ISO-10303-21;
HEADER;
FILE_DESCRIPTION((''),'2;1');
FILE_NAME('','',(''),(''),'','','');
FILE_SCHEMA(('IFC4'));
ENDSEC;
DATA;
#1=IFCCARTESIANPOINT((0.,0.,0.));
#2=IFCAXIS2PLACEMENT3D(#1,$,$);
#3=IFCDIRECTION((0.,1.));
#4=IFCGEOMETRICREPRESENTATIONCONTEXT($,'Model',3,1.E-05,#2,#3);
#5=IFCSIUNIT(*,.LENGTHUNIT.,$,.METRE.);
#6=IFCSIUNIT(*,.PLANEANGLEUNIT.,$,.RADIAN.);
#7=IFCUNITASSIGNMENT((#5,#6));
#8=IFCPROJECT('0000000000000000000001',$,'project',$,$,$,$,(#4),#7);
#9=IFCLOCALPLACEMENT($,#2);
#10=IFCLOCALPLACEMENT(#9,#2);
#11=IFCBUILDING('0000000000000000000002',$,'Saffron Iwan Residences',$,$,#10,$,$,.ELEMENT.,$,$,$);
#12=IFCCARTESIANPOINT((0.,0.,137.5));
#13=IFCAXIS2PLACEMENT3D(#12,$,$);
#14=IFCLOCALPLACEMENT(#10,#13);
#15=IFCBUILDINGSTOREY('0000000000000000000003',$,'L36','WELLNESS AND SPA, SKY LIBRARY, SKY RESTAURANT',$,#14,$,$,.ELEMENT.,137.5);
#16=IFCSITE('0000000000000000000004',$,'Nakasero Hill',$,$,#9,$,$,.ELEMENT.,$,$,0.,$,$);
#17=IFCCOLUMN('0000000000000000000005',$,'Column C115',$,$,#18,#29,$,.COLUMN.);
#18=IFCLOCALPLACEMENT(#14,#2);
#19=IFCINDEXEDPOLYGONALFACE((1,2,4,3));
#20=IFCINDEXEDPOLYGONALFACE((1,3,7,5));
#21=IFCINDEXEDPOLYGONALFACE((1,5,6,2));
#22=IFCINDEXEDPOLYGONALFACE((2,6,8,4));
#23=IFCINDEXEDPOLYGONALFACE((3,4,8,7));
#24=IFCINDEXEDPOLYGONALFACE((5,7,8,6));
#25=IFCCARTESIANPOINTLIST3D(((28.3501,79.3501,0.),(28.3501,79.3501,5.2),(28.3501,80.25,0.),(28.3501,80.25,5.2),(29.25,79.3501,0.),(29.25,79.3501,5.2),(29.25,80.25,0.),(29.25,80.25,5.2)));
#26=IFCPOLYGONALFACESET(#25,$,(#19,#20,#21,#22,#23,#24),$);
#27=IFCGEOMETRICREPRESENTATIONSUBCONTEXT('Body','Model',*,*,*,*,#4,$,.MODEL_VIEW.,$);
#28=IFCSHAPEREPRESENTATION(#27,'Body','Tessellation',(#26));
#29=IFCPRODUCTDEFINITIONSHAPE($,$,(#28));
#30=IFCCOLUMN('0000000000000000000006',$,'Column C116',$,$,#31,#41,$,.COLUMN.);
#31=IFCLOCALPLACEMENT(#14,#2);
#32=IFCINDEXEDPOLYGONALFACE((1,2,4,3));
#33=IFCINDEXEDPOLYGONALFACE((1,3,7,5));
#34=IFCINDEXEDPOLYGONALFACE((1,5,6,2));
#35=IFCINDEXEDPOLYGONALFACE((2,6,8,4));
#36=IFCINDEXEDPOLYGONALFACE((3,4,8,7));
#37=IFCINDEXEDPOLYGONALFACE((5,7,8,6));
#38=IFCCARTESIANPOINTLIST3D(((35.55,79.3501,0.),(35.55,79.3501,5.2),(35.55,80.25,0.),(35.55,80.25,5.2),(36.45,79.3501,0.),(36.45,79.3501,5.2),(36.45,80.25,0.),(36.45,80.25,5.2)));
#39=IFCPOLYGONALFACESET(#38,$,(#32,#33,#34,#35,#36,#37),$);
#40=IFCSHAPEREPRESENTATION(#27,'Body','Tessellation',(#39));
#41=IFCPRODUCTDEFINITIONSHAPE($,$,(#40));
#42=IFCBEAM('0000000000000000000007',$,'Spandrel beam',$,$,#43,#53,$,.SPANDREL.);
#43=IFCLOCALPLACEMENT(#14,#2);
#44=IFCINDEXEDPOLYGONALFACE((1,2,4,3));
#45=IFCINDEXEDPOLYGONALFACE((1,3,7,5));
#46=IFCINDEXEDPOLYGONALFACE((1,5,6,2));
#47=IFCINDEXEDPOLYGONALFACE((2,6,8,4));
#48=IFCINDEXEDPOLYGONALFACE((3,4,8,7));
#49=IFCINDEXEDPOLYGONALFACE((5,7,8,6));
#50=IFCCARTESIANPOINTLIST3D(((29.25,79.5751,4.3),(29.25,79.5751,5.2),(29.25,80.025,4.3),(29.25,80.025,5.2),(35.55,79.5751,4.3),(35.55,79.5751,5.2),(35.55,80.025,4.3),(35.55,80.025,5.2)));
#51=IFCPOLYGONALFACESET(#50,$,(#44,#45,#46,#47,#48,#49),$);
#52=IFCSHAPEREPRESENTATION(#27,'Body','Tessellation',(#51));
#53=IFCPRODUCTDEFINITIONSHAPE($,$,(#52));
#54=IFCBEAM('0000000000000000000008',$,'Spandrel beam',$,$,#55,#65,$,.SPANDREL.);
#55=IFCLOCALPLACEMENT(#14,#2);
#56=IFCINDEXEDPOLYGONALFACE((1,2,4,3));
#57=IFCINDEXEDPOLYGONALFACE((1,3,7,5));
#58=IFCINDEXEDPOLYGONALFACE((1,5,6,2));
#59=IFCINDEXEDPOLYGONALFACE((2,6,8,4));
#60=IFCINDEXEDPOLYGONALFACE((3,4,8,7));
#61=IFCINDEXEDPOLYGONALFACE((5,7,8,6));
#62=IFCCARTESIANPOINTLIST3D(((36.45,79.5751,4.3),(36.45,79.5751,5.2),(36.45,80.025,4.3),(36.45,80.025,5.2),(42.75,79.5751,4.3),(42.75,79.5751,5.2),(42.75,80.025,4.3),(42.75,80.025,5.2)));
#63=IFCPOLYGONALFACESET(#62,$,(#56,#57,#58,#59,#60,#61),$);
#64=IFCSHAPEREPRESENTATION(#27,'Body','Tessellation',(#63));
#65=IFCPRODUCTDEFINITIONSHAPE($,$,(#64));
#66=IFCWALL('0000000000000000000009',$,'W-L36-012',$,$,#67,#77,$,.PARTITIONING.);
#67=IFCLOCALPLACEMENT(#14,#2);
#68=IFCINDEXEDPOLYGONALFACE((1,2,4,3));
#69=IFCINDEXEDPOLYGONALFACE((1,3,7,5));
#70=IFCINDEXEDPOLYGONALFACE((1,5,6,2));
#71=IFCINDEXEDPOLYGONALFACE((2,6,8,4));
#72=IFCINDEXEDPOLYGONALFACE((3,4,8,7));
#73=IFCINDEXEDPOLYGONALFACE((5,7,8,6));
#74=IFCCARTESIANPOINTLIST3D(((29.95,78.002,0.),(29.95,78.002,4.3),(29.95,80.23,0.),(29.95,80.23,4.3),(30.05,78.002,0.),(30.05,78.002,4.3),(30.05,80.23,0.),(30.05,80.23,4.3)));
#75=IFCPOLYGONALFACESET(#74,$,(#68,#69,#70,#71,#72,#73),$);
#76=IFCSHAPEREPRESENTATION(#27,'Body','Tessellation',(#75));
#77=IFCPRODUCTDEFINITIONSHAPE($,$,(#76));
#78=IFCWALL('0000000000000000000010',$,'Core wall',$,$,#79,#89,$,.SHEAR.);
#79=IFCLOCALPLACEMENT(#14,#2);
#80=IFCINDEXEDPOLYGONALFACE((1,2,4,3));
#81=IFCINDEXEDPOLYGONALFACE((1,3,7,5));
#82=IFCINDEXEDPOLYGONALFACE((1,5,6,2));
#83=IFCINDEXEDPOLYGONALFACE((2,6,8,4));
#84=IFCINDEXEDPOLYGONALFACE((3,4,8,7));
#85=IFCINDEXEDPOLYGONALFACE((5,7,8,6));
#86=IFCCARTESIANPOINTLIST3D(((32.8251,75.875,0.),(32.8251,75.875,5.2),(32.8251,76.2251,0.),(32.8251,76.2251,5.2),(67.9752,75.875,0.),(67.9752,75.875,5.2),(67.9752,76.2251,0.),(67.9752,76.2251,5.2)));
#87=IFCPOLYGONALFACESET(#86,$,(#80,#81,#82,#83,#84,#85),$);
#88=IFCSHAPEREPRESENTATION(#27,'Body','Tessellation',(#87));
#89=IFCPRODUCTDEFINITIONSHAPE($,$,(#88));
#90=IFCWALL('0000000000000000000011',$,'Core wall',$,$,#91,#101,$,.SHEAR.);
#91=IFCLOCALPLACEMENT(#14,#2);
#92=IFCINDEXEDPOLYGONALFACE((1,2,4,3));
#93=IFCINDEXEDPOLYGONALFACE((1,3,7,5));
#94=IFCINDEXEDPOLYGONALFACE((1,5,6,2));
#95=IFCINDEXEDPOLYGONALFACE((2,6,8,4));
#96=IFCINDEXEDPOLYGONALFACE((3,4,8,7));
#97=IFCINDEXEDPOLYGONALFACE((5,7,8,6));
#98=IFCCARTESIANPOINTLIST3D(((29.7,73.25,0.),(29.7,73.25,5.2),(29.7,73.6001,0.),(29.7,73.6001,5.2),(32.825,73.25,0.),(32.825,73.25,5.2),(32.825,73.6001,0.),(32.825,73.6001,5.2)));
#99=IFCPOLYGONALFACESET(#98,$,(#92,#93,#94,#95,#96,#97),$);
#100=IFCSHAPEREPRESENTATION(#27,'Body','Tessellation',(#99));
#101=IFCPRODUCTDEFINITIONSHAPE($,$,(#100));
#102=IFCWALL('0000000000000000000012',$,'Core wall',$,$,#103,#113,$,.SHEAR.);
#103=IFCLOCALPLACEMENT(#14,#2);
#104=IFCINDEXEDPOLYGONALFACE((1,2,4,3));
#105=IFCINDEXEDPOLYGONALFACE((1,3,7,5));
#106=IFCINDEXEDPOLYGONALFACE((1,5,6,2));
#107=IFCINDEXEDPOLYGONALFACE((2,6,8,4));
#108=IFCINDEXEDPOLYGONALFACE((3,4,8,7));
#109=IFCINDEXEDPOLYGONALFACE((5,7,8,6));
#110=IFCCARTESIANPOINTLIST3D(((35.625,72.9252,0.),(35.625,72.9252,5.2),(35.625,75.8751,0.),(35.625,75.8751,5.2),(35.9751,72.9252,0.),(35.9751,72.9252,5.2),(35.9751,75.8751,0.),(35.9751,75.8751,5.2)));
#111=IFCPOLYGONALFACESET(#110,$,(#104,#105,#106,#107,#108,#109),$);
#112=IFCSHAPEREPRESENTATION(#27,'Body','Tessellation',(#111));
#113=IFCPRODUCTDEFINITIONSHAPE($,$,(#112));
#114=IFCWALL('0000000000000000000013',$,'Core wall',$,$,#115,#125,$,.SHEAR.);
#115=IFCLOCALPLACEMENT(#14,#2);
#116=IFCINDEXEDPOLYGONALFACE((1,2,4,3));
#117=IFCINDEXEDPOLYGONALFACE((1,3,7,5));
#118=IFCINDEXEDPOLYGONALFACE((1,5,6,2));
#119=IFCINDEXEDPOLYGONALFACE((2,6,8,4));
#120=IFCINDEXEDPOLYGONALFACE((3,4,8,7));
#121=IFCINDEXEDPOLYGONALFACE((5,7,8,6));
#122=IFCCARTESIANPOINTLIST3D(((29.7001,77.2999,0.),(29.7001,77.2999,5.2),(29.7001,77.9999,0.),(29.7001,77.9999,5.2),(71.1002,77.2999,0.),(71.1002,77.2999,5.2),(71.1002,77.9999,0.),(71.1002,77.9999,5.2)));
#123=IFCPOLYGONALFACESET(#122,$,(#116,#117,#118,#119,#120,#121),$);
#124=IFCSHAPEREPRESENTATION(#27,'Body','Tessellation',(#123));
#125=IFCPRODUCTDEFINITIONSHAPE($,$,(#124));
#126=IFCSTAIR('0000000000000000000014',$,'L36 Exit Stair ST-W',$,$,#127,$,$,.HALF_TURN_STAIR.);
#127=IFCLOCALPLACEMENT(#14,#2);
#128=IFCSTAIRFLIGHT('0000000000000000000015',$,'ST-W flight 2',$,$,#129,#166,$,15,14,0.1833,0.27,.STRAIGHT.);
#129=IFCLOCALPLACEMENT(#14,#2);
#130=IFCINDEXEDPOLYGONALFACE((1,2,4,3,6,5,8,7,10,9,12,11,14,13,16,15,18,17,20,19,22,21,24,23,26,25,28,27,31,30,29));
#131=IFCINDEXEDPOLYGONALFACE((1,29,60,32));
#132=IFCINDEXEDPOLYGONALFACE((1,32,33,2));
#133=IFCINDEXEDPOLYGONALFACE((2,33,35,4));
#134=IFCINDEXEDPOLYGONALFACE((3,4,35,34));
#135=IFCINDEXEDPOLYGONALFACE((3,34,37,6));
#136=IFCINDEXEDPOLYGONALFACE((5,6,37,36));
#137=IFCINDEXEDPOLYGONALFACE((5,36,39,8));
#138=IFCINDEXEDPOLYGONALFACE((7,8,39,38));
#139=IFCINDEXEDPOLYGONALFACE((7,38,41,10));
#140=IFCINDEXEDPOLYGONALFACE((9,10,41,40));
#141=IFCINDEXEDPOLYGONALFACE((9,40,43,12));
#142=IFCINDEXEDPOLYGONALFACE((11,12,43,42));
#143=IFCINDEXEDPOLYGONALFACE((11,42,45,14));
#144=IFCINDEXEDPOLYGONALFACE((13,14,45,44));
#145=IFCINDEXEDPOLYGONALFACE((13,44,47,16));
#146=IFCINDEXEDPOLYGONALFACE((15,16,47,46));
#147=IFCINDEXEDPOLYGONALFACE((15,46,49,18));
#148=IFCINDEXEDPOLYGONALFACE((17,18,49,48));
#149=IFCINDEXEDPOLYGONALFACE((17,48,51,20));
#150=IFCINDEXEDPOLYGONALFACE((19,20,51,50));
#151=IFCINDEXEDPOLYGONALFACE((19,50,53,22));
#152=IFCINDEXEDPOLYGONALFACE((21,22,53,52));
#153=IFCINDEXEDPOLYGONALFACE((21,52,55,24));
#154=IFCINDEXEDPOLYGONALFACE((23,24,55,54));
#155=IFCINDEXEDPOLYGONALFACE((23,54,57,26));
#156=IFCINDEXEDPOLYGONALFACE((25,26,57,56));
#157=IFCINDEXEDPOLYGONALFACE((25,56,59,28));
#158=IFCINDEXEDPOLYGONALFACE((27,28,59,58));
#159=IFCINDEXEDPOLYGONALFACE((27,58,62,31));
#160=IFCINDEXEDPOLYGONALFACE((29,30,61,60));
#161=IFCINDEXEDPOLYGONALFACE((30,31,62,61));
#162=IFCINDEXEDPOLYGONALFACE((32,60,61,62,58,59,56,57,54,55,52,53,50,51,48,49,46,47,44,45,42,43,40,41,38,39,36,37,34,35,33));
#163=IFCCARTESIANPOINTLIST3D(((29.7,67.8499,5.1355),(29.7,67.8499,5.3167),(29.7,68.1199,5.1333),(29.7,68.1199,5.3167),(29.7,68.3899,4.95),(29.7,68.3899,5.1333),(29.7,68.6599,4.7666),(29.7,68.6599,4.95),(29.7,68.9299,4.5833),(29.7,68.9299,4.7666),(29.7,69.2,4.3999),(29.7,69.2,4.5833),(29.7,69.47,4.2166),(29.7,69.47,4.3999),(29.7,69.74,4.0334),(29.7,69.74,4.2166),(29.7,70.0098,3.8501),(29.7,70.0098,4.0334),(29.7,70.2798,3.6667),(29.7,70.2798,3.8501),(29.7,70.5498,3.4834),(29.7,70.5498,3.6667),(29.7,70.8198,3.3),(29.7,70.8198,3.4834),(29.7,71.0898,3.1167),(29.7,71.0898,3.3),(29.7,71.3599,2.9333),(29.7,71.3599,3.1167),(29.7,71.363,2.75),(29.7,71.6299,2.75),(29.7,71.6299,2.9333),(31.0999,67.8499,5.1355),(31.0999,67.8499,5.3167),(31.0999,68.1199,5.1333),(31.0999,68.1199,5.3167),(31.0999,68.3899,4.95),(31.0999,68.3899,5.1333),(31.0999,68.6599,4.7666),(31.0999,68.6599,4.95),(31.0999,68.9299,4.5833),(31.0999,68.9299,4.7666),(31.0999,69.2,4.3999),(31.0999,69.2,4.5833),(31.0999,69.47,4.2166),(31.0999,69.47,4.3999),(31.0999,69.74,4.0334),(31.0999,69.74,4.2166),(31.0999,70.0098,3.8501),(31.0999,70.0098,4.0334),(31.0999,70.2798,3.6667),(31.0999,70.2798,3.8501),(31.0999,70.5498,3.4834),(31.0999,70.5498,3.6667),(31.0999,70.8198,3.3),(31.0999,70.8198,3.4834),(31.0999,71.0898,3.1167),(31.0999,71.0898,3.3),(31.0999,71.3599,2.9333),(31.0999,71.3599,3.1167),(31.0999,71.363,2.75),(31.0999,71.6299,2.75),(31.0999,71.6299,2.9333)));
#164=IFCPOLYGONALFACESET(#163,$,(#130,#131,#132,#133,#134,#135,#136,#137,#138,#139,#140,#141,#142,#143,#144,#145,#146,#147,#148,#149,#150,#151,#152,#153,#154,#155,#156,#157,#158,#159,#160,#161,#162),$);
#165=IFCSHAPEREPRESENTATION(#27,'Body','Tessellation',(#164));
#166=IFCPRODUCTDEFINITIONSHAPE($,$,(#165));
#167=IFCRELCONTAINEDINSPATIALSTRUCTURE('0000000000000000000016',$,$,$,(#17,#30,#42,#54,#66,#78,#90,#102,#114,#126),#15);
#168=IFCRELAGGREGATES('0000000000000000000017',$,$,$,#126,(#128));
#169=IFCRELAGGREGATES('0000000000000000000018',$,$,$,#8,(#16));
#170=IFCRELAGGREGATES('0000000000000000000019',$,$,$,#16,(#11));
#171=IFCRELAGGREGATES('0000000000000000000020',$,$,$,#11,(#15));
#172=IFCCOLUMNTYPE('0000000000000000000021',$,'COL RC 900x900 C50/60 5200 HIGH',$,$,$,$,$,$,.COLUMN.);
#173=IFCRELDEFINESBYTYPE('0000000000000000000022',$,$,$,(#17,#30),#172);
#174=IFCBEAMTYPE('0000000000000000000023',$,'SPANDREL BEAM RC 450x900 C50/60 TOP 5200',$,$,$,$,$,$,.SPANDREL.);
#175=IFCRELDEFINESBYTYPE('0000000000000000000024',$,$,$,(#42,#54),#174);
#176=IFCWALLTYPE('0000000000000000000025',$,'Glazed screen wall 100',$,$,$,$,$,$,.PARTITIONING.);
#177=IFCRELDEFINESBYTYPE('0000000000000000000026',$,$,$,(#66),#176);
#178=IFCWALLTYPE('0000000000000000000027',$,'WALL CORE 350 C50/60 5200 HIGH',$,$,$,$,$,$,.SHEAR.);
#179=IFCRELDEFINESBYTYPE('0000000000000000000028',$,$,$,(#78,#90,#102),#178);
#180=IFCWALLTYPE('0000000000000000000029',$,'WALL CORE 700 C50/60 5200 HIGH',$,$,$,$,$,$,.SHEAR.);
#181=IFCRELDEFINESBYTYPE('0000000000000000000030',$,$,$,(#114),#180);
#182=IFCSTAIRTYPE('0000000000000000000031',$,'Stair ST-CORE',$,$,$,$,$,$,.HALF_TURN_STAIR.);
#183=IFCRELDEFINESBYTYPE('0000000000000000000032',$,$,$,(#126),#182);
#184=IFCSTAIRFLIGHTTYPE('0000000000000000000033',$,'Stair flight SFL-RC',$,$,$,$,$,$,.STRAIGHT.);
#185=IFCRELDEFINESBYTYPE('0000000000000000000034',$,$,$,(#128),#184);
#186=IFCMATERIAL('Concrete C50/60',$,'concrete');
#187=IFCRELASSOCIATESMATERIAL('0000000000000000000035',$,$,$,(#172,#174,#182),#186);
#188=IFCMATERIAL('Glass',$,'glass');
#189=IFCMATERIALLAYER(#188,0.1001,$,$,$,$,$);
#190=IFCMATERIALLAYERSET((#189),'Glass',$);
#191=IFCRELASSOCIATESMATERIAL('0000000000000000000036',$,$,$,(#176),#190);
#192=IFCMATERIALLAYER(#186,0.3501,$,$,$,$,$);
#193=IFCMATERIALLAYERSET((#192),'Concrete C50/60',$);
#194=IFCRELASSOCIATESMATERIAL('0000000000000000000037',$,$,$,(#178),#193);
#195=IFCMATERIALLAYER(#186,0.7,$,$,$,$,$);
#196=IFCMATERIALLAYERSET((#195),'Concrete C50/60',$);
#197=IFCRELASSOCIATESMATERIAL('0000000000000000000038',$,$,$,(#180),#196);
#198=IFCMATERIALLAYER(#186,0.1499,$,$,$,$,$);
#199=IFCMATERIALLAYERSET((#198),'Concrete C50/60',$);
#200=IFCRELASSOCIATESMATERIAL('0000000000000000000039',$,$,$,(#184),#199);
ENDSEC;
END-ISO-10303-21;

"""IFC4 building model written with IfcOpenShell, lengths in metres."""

from ifc_helpers import new_model, si_unit, direction, frame, frame_2d, origin, origin_2d, place, context, subcontext, project, spatial, polyline, rectangle, outline, extrude, source, transform, mapped, material, layer, layer_set, material_profile, profile_set, type_object, element, aggregate, save


model = new_model("IFC4")

# Units and contexts
model_context = context("Model", 3, precision=1e-05, world=origin(), true_north=direction((0.0, 1.0)))
body_context = subcontext(model_context, "Body", "Model", "MODEL_VIEW")
ifc_project = project(units=[si_unit("LENGTHUNIT", "METRE"), si_unit("PLANEANGLEUNIT", "RADIAN")], contexts=[model_context])

# Site, building, storey
site_placement = place(None, origin())
site = spatial("IfcSite", under=ifc_project, at=site_placement, Name="Nakasero Hill", CompositionType="ELEMENT", RefElevation=0.0)
building_placement = place(site_placement, origin())
building = spatial("IfcBuilding", under=site, at=building_placement, Name="Saffron Iwan Residences", CompositionType="ELEMENT")
storey_placement = place(building_placement, frame((0.0, 0.0, 137.5)))
storey = spatial("IfcBuildingStorey", under=building, at=storey_placement, Name="L36", Description="WELLNESS AND SPA, SKY LIBRARY, SKY RESTAURANT", CompositionType="ELEMENT", Elevation=137.5)

# Columns
ifc_material_1 = material(Name="Concrete C50/60", Category="concrete")
ifc_material_profile_1 = material_profile(ifc_material_1, rectangle(XDim=0.8999, YDim=0.8999, at=origin_2d()), Name="RC 900x900")
ifc_profile_set_1 = profile_set([ifc_material_profile_1], Name="Concrete C50/60")
column_type = type_object("IfcColumnType", Name="COL RC 900x900 C50/60 5200 HIGH", PredefinedType="COLUMN", material=ifc_profile_set_1)
shared_shape_1 = source(origin(), body_context, "Body", "SweptSolid", [
    extrude(rectangle(XDim=0.8999, YDim=0.8999, at=origin_2d()), origin(), (0.0, 0.0, 1.0), 5.2),
])
for number, where, z_axis, x_axis, name in (
    (1, (28.8, 79.8, 0.0), (0.0, 0.0, 1.0), (1.0, 0.0, 0.0), "Column C115"),
    (2, (36.0, 79.8, 0.0), (0.0, 0.0, 1.0), (1.0, 0.0, 0.0), "Column C116"),
):
    element("IfcColumn", number, at=place(storey_placement, frame(where, z_axis=z_axis, x_axis=x_axis)), inside=storey, type_object=column_type, Name=name, PredefinedType="COLUMN", context=body_context, shape_type="MappedRepresentation", body=[
        mapped(shared_shape_1, transform((0.0, 0.0, 0.0))),
    ])

# Beams
ifc_material_profile_2 = material_profile(ifc_material_1, rectangle(XDim=0.45, YDim=0.8999, at=origin_2d()), Name="RC 450x900")
ifc_profile_set_2 = profile_set([ifc_material_profile_2], Name="Concrete C50/60")
beam_type = type_object("IfcBeamType", Name="SPANDREL BEAM RC 450x900 C50/60 TOP 5200", PredefinedType="SPANDREL", material=ifc_profile_set_2)
shared_shape_2 = source(origin(), body_context, "Body", "SweptSolid", [
    extrude(rectangle(XDim=0.45, YDim=0.8999, at=origin_2d()), origin(), (0.0, 0.0, 1.0), 6.3),
])
for number, where, z_axis, x_axis, name in (
    (3, (29.25, 79.8, 4.75), (1.0, 0.0, 0.0), (0.0, 1.0, 0.0), "Spandrel beam"),
    (4, (36.45, 79.8, 4.75), (1.0, 0.0, 0.0), (0.0, 1.0, 0.0), "Spandrel beam"),
):
    element("IfcBeam", number, at=place(storey_placement, frame(where, z_axis=z_axis, x_axis=x_axis)), inside=storey, type_object=beam_type, Name=name, PredefinedType="SPANDREL", context=body_context, shape_type="MappedRepresentation", body=[
        mapped(shared_shape_2, transform((0.0, 0.0, 0.0))),
    ])

# Wall
ifc_material_2 = material(Name="Glass", Category="glass")
ifc_layer_1 = layer(ifc_material_2, 0.1001)
ifc_layer_set_1 = layer_set([ifc_layer_1], Name="Glass")
wall_type_1 = type_object("IfcWallType", Name="Glazed screen wall 100", PredefinedType="PARTITIONING", material=ifc_layer_set_1)
wall_1_placement = place(storey_placement, frame((30.0, 78.002, 0.0), z_axis=(0.0, 0.0, 1.0), x_axis=(0.0, 1.0, 0.0)))
element("IfcWall", 5, at=wall_1_placement, inside=storey, type_object=wall_type_1, Name="W-L36-012", PredefinedType="PARTITIONING", context=body_context, shape_type="SweptSolid", body=[
    extrude(rectangle(XDim=2.228, YDim=0.1001, at=frame_2d((1.114, 0.0))), origin(), (0.0, 0.0, 1.0), 4.3),
])

# Shared definitions
ifc_layer_2 = layer(ifc_material_1, 0.3501)
ifc_layer_set_2 = layer_set([ifc_layer_2], Name="Concrete C50/60")
wall_type_2 = type_object("IfcWallType", Name="WALL CORE 350 C50/60 5200 HIGH", PredefinedType="SHEAR", material=ifc_layer_set_2)

# Walls
wall_2_placement = place(storey_placement, frame((32.825, 76.05, 0.0), z_axis=(0.0, 0.0, 1.0), x_axis=(1.0, 0.0, 0.0)))
element("IfcWall", 6, at=wall_2_placement, inside=storey, type_object=wall_type_2, Name="Core wall", PredefinedType="SHEAR", context=body_context, shape_type="SweptSolid", body=[
    extrude(rectangle(XDim=35.1501, YDim=0.3501, at=frame_2d((17.5752, 0.0))), origin(), (0.0, 0.0, 1.0), 5.2),
])
wall_3_placement = place(storey_placement, frame((29.7, 73.425, 0.0), z_axis=(0.0, 0.0, 1.0), x_axis=(1.0, 0.0, 0.0)))
element("IfcWall", 7, at=wall_3_placement, inside=storey, type_object=wall_type_2, Name="Core wall", PredefinedType="SHEAR", context=body_context, shape_type="SweptSolid", body=[
    extrude(rectangle(XDim=3.125, YDim=0.3501, at=frame_2d((1.5625, 0.0))), origin(), (0.0, 0.0, 1.0), 5.2),
])
wall_4_placement = place(storey_placement, frame((35.8, 72.925, 0.0), z_axis=(0.0, 0.0, 1.0), x_axis=(0.0, 1.0, 0.0)))
element("IfcWall", 8, at=wall_4_placement, inside=storey, type_object=wall_type_2, Name="Core wall", PredefinedType="SHEAR", context=body_context, shape_type="SweptSolid", body=[
    extrude(rectangle(XDim=2.95, YDim=0.3501, at=frame_2d((1.4751, 0.0))), origin(), (0.0, 0.0, 1.0), 5.2),
])
ifc_layer_3 = layer(ifc_material_1, 0.7)
ifc_layer_set_3 = layer_set([ifc_layer_3], Name="Concrete C50/60")
wall_type_3 = type_object("IfcWallType", Name="WALL CORE 700 C50/60 5200 HIGH", PredefinedType="SHEAR", material=ifc_layer_set_3)
wall_5_placement = place(storey_placement, frame((29.7, 77.6499, 0.0), z_axis=(0.0, 0.0, 1.0), x_axis=(1.0, 0.0, 0.0)))
element("IfcWall", 9, at=wall_5_placement, inside=storey, type_object=wall_type_3, Name="Core wall", PredefinedType="SHEAR", context=body_context, shape_type="SweptSolid", body=[
    extrude(rectangle(XDim=41.4001, YDim=0.7, at=frame_2d((20.7002, 0.0))), origin(), (0.0, 0.0, 1.0), 5.2),
])

# Stair, stair flight
stair_type = type_object("IfcStairType", Name="Stair ST-CORE", PredefinedType="HALF_TURN_STAIR", material=ifc_material_1)
stair_placement = place(storey_placement, origin())
stair = element("IfcStair", 10, at=stair_placement, inside=storey, type_object=stair_type, Name="L36 Exit Stair ST-W", PredefinedType="HALF_TURN_STAIR")
ifc_layer_4 = layer(ifc_material_1, 0.1499)
ifc_layer_set_4 = layer_set([ifc_layer_4], Name="Concrete C50/60")
stair_flight_type = type_object("IfcStairFlightType", Name="Stair flight SFL-RC", PredefinedType="STRAIGHT", material=ifc_layer_set_4)
stair_flight_placement = place(storey_placement, frame((30.3999, 71.6299, 2.75), z_axis=(0.0, 0.0, 1.0), x_axis=(0.0, -1.0, 0.0)))
stair_flight = element("IfcStairFlight", 11, at=stair_flight_placement, type_object=stair_flight_type, Name="ST-W flight 2", NumberOfRisers=15, NumberOfTreads=14, PredefinedType="STRAIGHT", RiserHeight=0.1833, TreadLength=0.27, context=body_context, shape_type="SweptSolid", body=[
    extrude(outline(polyline([(0.0, 0.0), (0.0, 0.1833), (0.27, 0.1833), (0.27, 0.3667), (0.54, 0.3667), (0.54, 0.55), (0.8101, 0.55), (0.8101, 0.7334), (1.0801, 0.7334), (1.0801, 0.9167), (1.3501, 0.9167), (1.3501, 1.1001), (1.6201, 1.1001), (1.6201, 1.2834), (1.8899, 1.2834), (1.8899, 1.4666), (2.1599, 1.4666), (2.1599, 1.6499), (2.4299, 1.6499), (2.4299, 1.8333), (2.7, 1.8333), (2.7, 2.0166), (2.97, 2.0166), (2.97, 2.2), (3.24, 2.2), (3.24, 2.3833), (3.51, 2.3833), (3.51, 2.5667), (3.78, 2.5667), (3.78, 2.75), (3.78, 2.3855), (0.2668, 0.0), (0.0, 0.0)])), frame((0.0, 0.7, 0.0), z_axis=(0.0, -1.0, 0.0), x_axis=(1.0, 0.0, 0.0)), (0.0, 0.0, 1.0), 1.3999),
])
aggregate(stair, [stair_flight])

save(model, "model.ifc")
